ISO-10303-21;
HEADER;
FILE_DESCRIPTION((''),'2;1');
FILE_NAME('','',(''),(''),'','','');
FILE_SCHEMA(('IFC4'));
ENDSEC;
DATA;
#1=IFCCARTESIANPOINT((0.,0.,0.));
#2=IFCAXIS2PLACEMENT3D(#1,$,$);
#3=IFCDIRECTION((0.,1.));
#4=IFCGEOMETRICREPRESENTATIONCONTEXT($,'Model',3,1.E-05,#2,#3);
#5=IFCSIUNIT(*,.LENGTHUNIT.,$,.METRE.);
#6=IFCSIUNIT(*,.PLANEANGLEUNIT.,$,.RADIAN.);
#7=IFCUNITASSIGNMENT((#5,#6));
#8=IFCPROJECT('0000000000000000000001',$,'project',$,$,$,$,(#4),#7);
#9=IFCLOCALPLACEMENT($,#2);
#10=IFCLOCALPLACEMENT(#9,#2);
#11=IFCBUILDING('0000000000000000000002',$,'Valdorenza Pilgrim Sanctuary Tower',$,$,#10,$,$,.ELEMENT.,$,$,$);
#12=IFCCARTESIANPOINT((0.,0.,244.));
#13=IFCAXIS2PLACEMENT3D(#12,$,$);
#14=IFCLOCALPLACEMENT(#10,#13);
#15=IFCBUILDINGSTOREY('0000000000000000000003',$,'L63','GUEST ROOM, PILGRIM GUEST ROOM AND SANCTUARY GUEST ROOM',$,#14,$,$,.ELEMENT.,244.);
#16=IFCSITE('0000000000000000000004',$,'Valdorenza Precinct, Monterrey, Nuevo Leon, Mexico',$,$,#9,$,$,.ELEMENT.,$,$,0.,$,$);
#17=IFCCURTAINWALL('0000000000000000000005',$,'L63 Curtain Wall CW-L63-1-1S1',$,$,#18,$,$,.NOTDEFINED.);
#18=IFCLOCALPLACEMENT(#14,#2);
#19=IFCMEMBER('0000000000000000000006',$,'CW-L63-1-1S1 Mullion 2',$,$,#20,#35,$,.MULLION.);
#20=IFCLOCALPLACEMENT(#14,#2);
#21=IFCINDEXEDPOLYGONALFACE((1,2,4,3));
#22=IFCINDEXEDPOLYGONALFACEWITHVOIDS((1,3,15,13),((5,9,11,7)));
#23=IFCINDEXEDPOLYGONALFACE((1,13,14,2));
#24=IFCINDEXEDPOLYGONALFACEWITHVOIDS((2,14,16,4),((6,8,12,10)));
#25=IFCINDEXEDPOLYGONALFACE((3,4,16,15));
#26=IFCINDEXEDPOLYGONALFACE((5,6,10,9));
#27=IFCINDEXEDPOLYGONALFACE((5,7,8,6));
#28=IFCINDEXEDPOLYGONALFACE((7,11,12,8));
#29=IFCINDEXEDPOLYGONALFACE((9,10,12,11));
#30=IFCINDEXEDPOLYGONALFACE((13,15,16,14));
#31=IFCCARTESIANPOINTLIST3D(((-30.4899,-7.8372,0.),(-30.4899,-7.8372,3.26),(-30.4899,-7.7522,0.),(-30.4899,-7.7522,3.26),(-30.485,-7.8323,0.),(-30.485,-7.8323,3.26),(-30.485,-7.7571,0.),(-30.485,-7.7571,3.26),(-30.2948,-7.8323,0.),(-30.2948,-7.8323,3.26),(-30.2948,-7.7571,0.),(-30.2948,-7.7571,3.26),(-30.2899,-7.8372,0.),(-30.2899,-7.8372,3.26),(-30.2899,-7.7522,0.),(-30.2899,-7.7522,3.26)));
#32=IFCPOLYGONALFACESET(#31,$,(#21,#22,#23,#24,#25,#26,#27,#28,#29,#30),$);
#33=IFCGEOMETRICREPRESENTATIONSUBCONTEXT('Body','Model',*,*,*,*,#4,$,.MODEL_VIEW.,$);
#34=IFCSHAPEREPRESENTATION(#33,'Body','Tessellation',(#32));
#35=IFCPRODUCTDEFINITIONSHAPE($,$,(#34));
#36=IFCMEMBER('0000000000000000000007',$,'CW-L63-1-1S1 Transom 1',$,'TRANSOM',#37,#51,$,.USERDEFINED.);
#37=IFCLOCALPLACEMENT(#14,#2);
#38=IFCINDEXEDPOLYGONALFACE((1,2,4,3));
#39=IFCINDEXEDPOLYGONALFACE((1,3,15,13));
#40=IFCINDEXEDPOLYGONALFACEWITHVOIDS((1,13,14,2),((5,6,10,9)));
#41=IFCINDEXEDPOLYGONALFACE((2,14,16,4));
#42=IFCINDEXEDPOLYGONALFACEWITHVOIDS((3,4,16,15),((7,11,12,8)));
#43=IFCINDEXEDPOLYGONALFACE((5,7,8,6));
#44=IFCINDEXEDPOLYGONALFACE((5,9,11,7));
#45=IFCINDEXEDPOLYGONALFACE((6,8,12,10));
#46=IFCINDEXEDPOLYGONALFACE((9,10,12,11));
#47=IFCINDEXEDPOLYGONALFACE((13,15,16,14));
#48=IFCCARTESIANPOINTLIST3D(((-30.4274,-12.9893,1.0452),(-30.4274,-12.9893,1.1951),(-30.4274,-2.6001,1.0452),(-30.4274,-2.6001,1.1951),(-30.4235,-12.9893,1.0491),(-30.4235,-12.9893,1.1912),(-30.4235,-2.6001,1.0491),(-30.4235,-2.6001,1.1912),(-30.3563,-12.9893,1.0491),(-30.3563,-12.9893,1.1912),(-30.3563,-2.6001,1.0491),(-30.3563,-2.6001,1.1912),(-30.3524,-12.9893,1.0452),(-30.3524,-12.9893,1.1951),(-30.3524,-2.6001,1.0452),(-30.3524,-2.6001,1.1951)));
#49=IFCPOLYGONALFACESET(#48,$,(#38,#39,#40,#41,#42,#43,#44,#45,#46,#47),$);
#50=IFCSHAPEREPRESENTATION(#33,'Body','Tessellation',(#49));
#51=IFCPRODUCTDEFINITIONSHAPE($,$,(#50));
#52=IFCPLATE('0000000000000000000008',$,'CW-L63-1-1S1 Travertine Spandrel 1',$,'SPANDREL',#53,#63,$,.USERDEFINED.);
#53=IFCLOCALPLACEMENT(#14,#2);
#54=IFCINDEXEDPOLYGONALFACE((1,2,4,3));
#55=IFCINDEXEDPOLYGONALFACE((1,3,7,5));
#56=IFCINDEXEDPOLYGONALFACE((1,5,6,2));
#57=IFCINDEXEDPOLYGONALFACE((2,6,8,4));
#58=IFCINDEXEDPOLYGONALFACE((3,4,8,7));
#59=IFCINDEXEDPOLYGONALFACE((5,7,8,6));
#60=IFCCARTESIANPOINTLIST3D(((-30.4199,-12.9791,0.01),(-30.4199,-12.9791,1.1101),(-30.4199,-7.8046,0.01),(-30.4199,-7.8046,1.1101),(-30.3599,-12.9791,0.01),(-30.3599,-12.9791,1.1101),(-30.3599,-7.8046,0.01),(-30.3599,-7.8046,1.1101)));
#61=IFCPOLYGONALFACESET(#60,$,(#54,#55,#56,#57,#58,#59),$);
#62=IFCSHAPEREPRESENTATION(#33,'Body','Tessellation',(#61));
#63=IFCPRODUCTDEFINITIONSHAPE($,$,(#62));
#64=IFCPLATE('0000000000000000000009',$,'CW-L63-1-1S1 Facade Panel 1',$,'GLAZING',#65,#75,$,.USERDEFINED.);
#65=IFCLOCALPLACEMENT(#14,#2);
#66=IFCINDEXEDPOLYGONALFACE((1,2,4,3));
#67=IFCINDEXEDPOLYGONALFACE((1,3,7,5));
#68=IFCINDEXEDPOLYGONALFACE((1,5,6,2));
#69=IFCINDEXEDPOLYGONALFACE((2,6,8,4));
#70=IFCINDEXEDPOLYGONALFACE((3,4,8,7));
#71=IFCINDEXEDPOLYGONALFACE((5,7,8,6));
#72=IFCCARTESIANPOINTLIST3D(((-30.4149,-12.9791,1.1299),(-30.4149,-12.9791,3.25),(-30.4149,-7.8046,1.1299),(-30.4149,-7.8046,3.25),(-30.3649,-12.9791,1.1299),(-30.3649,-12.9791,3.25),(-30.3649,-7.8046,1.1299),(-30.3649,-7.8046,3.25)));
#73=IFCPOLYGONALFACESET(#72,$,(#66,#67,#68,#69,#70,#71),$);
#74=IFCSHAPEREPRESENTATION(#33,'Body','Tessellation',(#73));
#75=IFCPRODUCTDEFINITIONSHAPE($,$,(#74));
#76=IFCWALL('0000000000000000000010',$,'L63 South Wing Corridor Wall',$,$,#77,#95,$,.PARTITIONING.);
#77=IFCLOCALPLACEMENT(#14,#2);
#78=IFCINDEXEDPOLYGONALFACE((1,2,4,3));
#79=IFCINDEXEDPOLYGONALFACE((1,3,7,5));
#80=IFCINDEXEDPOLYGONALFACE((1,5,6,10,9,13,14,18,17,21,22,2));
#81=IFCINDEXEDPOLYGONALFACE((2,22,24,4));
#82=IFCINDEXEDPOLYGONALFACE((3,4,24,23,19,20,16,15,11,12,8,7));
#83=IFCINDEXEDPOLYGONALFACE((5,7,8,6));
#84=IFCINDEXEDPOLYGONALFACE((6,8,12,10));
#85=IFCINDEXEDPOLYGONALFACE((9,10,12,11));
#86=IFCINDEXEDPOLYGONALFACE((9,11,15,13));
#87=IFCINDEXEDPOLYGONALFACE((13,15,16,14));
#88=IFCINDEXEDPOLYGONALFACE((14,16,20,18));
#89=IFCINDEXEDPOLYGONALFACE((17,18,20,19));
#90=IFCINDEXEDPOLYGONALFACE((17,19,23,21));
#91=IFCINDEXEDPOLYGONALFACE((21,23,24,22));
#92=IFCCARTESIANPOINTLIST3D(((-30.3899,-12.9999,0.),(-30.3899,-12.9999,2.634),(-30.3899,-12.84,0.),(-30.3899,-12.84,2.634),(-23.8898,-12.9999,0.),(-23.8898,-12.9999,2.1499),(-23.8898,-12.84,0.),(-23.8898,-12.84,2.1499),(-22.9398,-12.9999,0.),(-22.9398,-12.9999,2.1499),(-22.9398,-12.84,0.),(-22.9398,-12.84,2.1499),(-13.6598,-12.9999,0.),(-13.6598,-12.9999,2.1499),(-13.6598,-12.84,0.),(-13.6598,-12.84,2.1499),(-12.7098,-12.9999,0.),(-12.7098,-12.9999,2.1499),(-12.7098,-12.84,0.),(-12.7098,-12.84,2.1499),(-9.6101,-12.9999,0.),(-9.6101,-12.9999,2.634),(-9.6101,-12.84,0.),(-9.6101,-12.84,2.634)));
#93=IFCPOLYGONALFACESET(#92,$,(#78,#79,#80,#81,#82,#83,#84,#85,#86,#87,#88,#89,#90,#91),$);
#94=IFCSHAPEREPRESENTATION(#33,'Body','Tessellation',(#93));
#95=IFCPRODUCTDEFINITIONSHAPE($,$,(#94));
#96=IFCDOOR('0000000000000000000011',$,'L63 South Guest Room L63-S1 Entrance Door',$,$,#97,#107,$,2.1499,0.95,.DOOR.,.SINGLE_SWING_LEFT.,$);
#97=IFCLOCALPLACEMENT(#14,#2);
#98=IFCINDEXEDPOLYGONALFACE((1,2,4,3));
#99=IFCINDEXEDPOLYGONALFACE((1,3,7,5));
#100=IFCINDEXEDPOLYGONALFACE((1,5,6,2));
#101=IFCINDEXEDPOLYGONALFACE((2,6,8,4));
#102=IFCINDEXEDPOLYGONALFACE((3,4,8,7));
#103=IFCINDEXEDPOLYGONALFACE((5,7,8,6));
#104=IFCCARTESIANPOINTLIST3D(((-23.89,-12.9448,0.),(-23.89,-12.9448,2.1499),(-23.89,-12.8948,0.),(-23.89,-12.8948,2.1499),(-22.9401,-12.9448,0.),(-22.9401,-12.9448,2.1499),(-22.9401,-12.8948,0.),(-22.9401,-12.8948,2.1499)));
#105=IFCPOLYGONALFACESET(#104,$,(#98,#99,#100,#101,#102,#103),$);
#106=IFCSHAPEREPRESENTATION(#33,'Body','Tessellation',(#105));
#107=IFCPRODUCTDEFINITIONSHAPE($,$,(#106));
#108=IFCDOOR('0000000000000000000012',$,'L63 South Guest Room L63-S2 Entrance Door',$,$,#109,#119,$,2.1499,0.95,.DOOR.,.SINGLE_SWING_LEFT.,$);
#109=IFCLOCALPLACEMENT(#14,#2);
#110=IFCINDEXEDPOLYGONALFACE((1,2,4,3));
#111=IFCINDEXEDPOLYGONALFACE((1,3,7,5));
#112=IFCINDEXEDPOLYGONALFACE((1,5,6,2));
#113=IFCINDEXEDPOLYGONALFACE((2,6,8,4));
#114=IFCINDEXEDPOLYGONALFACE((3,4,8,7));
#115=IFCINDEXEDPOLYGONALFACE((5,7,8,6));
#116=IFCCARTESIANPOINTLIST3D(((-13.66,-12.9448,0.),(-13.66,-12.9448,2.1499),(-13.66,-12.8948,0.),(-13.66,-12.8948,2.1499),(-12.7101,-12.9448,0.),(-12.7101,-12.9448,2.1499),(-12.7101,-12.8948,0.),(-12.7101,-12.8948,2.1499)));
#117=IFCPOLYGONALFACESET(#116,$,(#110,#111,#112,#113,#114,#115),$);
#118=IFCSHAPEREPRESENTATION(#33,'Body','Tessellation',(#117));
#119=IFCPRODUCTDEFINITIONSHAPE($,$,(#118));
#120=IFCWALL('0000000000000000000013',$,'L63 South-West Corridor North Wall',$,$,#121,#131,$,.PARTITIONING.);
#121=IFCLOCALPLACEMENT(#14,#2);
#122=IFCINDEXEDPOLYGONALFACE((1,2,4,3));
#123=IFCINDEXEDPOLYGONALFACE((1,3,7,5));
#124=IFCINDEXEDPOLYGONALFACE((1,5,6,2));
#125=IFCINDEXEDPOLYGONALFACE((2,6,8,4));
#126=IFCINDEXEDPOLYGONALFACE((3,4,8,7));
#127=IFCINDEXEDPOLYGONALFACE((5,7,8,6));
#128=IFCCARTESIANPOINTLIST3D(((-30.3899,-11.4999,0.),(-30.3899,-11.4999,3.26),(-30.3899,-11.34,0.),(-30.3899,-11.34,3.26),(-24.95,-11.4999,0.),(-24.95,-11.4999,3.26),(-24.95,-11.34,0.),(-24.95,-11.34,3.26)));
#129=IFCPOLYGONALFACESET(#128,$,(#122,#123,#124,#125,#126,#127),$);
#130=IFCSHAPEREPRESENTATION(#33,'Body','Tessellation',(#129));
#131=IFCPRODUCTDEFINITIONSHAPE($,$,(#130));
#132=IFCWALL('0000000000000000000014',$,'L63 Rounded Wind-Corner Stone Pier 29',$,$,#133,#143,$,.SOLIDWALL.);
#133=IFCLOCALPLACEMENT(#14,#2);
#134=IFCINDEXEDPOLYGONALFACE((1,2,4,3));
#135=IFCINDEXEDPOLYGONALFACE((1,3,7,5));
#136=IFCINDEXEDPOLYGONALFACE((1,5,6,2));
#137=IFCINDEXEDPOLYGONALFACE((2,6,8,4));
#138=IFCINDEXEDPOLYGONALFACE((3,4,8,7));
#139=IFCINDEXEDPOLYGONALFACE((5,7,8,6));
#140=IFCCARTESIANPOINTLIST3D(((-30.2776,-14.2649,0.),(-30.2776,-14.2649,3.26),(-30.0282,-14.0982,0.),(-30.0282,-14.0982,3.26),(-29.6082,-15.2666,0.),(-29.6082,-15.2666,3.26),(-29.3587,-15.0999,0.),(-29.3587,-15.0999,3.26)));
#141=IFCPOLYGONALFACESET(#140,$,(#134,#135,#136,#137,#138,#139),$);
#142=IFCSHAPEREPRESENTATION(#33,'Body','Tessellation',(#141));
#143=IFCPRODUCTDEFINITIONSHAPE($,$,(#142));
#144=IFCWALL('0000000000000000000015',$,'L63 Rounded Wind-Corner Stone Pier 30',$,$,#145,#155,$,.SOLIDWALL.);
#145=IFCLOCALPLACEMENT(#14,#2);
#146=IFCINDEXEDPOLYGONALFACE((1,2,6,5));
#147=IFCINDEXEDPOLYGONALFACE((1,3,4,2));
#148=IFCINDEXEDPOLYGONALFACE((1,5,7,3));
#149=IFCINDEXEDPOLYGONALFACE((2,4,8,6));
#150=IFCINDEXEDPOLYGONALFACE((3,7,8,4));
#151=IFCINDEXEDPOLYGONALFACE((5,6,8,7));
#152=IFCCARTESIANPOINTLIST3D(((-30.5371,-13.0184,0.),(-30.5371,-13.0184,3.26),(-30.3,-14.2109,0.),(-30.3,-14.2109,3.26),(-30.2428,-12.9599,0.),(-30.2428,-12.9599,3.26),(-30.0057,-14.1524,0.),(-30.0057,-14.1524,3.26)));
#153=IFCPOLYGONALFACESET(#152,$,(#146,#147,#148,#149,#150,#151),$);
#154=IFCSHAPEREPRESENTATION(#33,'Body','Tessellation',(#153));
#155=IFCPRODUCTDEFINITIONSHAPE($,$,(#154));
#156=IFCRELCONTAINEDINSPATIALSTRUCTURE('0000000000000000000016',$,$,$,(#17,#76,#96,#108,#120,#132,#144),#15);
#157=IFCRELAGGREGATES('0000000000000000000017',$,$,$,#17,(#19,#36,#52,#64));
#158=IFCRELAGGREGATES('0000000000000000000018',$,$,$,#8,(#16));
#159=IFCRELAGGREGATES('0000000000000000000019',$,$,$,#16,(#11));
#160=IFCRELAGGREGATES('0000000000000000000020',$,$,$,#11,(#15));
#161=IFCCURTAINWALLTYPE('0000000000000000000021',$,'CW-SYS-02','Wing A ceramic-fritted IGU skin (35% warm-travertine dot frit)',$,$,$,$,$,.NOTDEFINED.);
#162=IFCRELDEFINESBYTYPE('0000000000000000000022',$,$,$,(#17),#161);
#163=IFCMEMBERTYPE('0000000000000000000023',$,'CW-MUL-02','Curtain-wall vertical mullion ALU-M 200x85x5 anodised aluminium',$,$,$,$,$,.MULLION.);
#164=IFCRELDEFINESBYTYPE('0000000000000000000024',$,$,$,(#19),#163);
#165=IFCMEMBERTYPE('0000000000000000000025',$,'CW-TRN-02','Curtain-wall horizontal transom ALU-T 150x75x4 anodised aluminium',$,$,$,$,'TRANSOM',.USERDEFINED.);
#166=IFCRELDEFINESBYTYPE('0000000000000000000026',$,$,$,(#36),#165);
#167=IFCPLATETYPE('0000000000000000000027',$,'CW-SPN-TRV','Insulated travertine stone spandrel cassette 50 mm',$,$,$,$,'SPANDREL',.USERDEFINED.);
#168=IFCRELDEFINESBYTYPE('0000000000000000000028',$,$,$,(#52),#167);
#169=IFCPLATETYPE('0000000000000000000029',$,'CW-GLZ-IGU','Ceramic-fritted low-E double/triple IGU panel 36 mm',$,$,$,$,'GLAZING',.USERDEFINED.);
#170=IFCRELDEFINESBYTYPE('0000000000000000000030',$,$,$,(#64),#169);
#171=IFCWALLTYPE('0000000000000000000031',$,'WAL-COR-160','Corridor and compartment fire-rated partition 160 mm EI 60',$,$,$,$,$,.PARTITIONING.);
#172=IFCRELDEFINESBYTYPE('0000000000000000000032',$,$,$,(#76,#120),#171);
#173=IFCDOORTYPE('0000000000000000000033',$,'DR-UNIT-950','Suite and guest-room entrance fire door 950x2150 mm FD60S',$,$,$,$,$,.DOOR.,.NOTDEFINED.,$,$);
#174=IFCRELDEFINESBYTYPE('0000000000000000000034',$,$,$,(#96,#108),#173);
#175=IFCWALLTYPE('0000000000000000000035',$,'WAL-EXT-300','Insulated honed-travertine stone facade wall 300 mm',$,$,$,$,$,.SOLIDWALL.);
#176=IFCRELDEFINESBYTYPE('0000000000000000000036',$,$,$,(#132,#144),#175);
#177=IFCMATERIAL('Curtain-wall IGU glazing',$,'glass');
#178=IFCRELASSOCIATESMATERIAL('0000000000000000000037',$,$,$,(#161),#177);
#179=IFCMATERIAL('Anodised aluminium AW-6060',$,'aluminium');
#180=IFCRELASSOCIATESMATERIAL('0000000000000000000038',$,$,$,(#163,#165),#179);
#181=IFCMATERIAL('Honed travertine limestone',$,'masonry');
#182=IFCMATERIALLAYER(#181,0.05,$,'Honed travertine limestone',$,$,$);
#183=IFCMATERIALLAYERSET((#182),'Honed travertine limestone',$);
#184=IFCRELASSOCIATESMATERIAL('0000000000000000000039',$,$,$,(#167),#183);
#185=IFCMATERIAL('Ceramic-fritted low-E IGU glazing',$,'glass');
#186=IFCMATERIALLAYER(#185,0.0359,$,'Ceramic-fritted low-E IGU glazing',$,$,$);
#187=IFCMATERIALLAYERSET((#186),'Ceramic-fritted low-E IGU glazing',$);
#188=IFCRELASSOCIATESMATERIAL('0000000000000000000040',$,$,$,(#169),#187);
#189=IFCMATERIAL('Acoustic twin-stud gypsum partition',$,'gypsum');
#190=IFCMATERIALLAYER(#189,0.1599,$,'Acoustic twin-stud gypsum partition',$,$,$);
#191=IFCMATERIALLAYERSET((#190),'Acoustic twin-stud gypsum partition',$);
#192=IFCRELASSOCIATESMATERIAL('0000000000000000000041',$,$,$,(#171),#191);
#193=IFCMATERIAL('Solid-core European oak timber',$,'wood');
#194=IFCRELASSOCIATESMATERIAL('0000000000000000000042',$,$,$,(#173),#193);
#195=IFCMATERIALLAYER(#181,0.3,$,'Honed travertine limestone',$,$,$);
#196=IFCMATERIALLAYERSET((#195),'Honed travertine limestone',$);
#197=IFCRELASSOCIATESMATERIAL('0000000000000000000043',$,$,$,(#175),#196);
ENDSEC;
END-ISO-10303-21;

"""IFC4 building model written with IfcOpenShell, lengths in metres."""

from ifc_helpers import new_model, si_unit, direction, frame, frame_2d, origin, origin_2d, place, context, subcontext, project, spatial, rectangle, hollow_rectangle, extrude, source, transform, mapped, material, layer, layer_set, material_profile, profile_set, type_object, element, fill, aggregate, save


model = new_model("IFC4")

# Units and contexts
model_context = context("Model", 3, precision=1e-05, world=origin(), true_north=direction((0.0, 1.0)))
body_context = subcontext(model_context, "Body", "Model", "MODEL_VIEW")
ifc_project = project(units=[si_unit("LENGTHUNIT", "METRE"), si_unit("PLANEANGLEUNIT", "RADIAN")], contexts=[model_context])

# Site, building, storey
site_placement = place(None, origin())
site = spatial("IfcSite", under=ifc_project, at=site_placement, Name="Valdorenza Precinct, Monterrey, Nuevo Leon, Mexico", CompositionType="ELEMENT", RefElevation=0.0)
building_placement = place(site_placement, origin())
building = spatial("IfcBuilding", under=site, at=building_placement, Name="Valdorenza Pilgrim Sanctuary Tower", CompositionType="ELEMENT")
storey_placement = place(building_placement, frame((0.0, 0.0, 244.0)))
storey = spatial("IfcBuildingStorey", under=building, at=storey_placement, Name="L63", Description="GUEST ROOM, PILGRIM GUEST ROOM AND SANCTUARY GUEST ROOM", CompositionType="ELEMENT", Elevation=244.0)

# Curtain wall, members, plates
ifc_material_1 = material(Name="Curtain-wall IGU glazing", Category="glass")
curtain_wall_type = type_object("IfcCurtainWallType", Name="CW-SYS-02", Description="Wing A ceramic-fritted IGU skin (35% warm-travertine dot frit)", PredefinedType="NOTDEFINED", material=ifc_material_1)
curtain_wall_placement = place(storey_placement, origin())
curtain_wall = element("IfcCurtainWall", 1, at=curtain_wall_placement, inside=storey, type_object=curtain_wall_type, Name="L63 Curtain Wall CW-L63-1-1S1", PredefinedType="NOTDEFINED")
ifc_material_2 = material(Name="Anodised aluminium AW-6060", Category="aluminium")
ifc_material_profile_1 = material_profile(ifc_material_2, hollow_rectangle(XDim=0.085, YDim=0.2, WallThickness=0.0049, at=origin_2d()), Name="ALU-M 200x85x5")
ifc_profile_set_1 = profile_set([ifc_material_profile_1], Name="Anodised aluminium AW-6060")
member_type_1 = type_object("IfcMemberType", Name="CW-MUL-02", Description="Curtain-wall vertical mullion ALU-M 200x85x5 anodised aluminium", PredefinedType="MULLION", material=ifc_profile_set_1)
shared_shape_1 = source(origin(), body_context, "Body", "SweptSolid", [
    extrude(hollow_rectangle(XDim=0.085, YDim=0.2, WallThickness=0.0049, at=origin_2d()), origin(), (0.0, 0.0, 1.0), 3.26),
])
member_1_placement = place(storey_placement, frame((-30.3899, -7.7947, 0.0), z_axis=(0.0, 0.0, 1.0), x_axis=(0.0, 1.0, 0.0)))
member_1 = element("IfcMember", 2, at=member_1_placement, type_object=member_type_1, Name="CW-L63-1-1S1 Mullion 2", PredefinedType="MULLION", context=body_context, shape_type="MappedRepresentation", body=[
    mapped(shared_shape_1, transform((0.0, 0.0, 0.0), x_axis=(1.0, 0.0, 0.0), y_axis=(0.0, 1.0, 0.0), z_axis=(0.0, 0.0, 1.0), scale=1.0)),
])
ifc_material_profile_2 = material_profile(ifc_material_2, hollow_rectangle(XDim=0.075, YDim=0.1499, WallThickness=0.0039, at=origin_2d()), Name="ALU-T 150x75x4")
ifc_profile_set_2 = profile_set([ifc_material_profile_2], Name="Anodised aluminium AW-6060")
member_type_2 = type_object("IfcMemberType", Name="CW-TRN-02", Description="Curtain-wall horizontal transom ALU-T 150x75x4 anodised aluminium", ElementType="TRANSOM", PredefinedType="USERDEFINED", material=ifc_profile_set_2)
shared_shape_2 = source(origin(), body_context, "Body", "SweptSolid", [
    extrude(hollow_rectangle(XDim=0.075, YDim=0.1499, WallThickness=0.0039, at=origin_2d()), origin(), (0.0, 0.0, 1.0), 10.3892),
])
member_2_placement = place(storey_placement, frame((-30.3899, -12.9893, 1.1201), z_axis=(0.0, 1.0, 0.0), x_axis=(-1.0, 0.0, 0.0)))
member_2 = element("IfcMember", 3, at=member_2_placement, type_object=member_type_2, Name="CW-L63-1-1S1 Transom 1", ObjectType="TRANSOM", PredefinedType="USERDEFINED", context=body_context, shape_type="MappedRepresentation", body=[
    mapped(shared_shape_2, transform((0.0, 0.0, 0.0), x_axis=(1.0, 0.0, 0.0), y_axis=(0.0, 1.0, 0.0), z_axis=(0.0, 0.0, 1.0), scale=1.0)),
])
ifc_material_3 = material(Name="Honed travertine limestone", Category="masonry")
ifc_layer_1 = layer(ifc_material_3, 0.05, Name="Honed travertine limestone")
ifc_layer_set_1 = layer_set([ifc_layer_1], Name="Honed travertine limestone")
plate_type_1 = type_object("IfcPlateType", Name="CW-SPN-TRV", Description="Insulated travertine stone spandrel cassette 50 mm", ElementType="SPANDREL", PredefinedType="USERDEFINED", material=ifc_layer_set_1)
shared_shape_3 = source(origin(), body_context, "Body", "SweptSolid", [
    extrude(rectangle(XDim=5.1746, YDim=0.0601, at=origin_2d()), origin(), (0.0, 0.0, 1.0), 1.1001),
])
plate_1_placement = place(storey_placement, frame((-30.3899, -10.3918, 0.01), z_axis=(0.0, 0.0, 1.0), x_axis=(0.0, 1.0, 0.0)))
plate_1 = element("IfcPlate", 4, at=plate_1_placement, type_object=plate_type_1, Name="CW-L63-1-1S1 Travertine Spandrel 1", ObjectType="SPANDREL", PredefinedType="USERDEFINED", context=body_context, shape_type="MappedRepresentation", body=[
    mapped(shared_shape_3, transform((0.0, 0.0, 0.0), x_axis=(1.0, 0.0, 0.0), y_axis=(0.0, 1.0, 0.0), z_axis=(0.0, 0.0, 1.0), scale=1.0)),
])
ifc_material_4 = material(Name="Ceramic-fritted low-E IGU glazing", Category="glass")
ifc_layer_2 = layer(ifc_material_4, 0.0359, Name="Ceramic-fritted low-E IGU glazing")
ifc_layer_set_2 = layer_set([ifc_layer_2], Name="Ceramic-fritted low-E IGU glazing")
plate_type_2 = type_object("IfcPlateType", Name="CW-GLZ-IGU", Description="Ceramic-fritted low-E double/triple IGU panel 36 mm", ElementType="GLAZING", PredefinedType="USERDEFINED", material=ifc_layer_set_2)
shared_shape_4 = source(origin(), body_context, "Body", "SweptSolid", [
    extrude(rectangle(XDim=5.1746, YDim=0.05, at=origin_2d()), origin(), (0.0, 0.0, 1.0), 2.1201),
])
plate_2_placement = place(storey_placement, frame((-30.3899, -10.3918, 1.1299), z_axis=(0.0, 0.0, 1.0), x_axis=(0.0, 1.0, 0.0)))
plate_2 = element("IfcPlate", 5, at=plate_2_placement, type_object=plate_type_2, Name="CW-L63-1-1S1 Facade Panel 1", ObjectType="GLAZING", PredefinedType="USERDEFINED", context=body_context, shape_type="MappedRepresentation", body=[
    mapped(shared_shape_4, transform((0.0, 0.0, 0.0), x_axis=(1.0, 0.0, 0.0), y_axis=(0.0, 1.0, 0.0), z_axis=(0.0, 0.0, 1.0), scale=1.0)),
])
aggregate(curtain_wall, [member_1, member_2, plate_1, plate_2])

# Wall, openings, doors
ifc_material_5 = material(Name="Acoustic twin-stud gypsum partition", Category="gypsum")
ifc_layer_3 = layer(ifc_material_5, 0.1599, Name="Acoustic twin-stud gypsum partition")
ifc_layer_set_3 = layer_set([ifc_layer_3], Name="Acoustic twin-stud gypsum partition")
wall_type_1 = type_object("IfcWallType", Name="WAL-COR-160", Description="Corridor and compartment fire-rated partition 160 mm EI 60", PredefinedType="PARTITIONING", material=ifc_layer_set_3)
wall_1_placement = place(storey_placement, frame((-30.3899, -12.9199, 0.0), z_axis=(0.0, 0.0, 1.0), x_axis=(1.0, 0.0, 0.0)))
wall_1 = element("IfcWall", 6, at=wall_1_placement, inside=storey, type_object=wall_type_1, Name="L63 South Wing Corridor Wall", PredefinedType="PARTITIONING", context=body_context, shape_type="SweptSolid", body=[
    extrude(rectangle(XDim=20.7798, YDim=0.1599, at=frame_2d((10.3899, 0.0))), origin(), (0.0, 0.0, 1.0), 2.634),
])
opening_1_placement = place(wall_1_placement, frame((6.5, 0.0, 0.0)))
opening_1 = element("IfcOpeningElement", 7, at=opening_1_placement, cuts=wall_1, PredefinedType="OPENING", context=body_context, shape_type="SweptSolid", body=[
    extrude(rectangle(XDim=0.95, YDim=2.1499, at=frame_2d((0.4751, 1.075))), frame((0.0, 0.0947, 0.0), z_axis=(0.0, -1.0, 0.0), x_axis=(1.0, 0.0, 0.0)), (0.0, 0.0, 1.0), 0.1897),
])
opening_2_placement = place(wall_1_placement, frame((16.73, 0.0, 0.0)))
opening_2 = element("IfcOpeningElement", 8, at=opening_2_placement, cuts=wall_1, PredefinedType="OPENING", context=body_context, shape_type="SweptSolid", body=[
    extrude(rectangle(XDim=0.95, YDim=2.1499, at=frame_2d((0.4751, 1.075))), frame((0.0, 0.0947, 0.0), z_axis=(0.0, -1.0, 0.0), x_axis=(1.0, 0.0, 0.0)), (0.0, 0.0, 1.0), 0.1897),
])
ifc_material_6 = material(Name="Solid-core European oak timber", Category="wood")
door_type_1 = type_object("IfcDoorType", Name="DR-UNIT-950", Description="Suite and guest-room entrance fire door 950x2150 mm FD60S", OperationType="NOTDEFINED", PredefinedType="DOOR", material=ifc_material_6)
door_1_placement = place(opening_1_placement, frame((0.95, 0.0, 0.0), z_axis=(0.0, 0.0, 1.0), x_axis=(-1.0, 0.0, 0.0)))
door_1 = element("IfcDoor", 9, at=door_1_placement, inside=storey, type_object=door_type_1, Name="L63 South Guest Room L63-S1 Entrance Door", OperationType="SINGLE_SWING_LEFT", OverallHeight=2.1499, OverallWidth=0.95, PredefinedType="DOOR", context=body_context, shape_type="SweptSolid", body=[
    extrude(rectangle(XDim=0.95, YDim=2.1499, at=frame_2d((0.4751, 1.075))), frame((0.0, 0.0249, 0.0), z_axis=(0.0, -1.0, 0.0), x_axis=(1.0, 0.0, 0.0)), (0.0, 0.0, 1.0), 0.05),
])
fill(opening_1, door_1)
door_2_placement = place(opening_2_placement, frame((0.95, 0.0, 0.0), z_axis=(0.0, 0.0, 1.0), x_axis=(-1.0, 0.0, 0.0)))
door_2 = element("IfcDoor", 10, at=door_2_placement, inside=storey, type_object=door_type_1, Name="L63 South Guest Room L63-S2 Entrance Door", OperationType="SINGLE_SWING_LEFT", OverallHeight=2.1499, OverallWidth=0.95, PredefinedType="DOOR", context=body_context, shape_type="SweptSolid", body=[
    extrude(rectangle(XDim=0.95, YDim=2.1499, at=frame_2d((0.4751, 1.075))), frame((0.0, 0.0249, 0.0), z_axis=(0.0, -1.0, 0.0), x_axis=(1.0, 0.0, 0.0)), (0.0, 0.0, 1.0), 0.05),
])
fill(opening_2, door_2)

# Walls
wall_2_placement = place(storey_placement, frame((-30.3899, -11.4199, 0.0), z_axis=(0.0, 0.0, 1.0), x_axis=(1.0, 0.0, 0.0)))
element("IfcWall", 11, at=wall_2_placement, inside=storey, type_object=wall_type_1, Name="L63 South-West Corridor North Wall", PredefinedType="PARTITIONING", context=body_context, shape_type="SweptSolid", body=[
    extrude(rectangle(XDim=5.4399, YDim=0.1599, at=frame_2d((2.72, 0.0))), origin(), (0.0, 0.0, 1.0), 3.26),
])
ifc_layer_4 = layer(ifc_material_3, 0.3, Name="Honed travertine limestone")
ifc_layer_set_4 = layer_set([ifc_layer_4], Name="Honed travertine limestone")
wall_type_2 = type_object("IfcWallType", Name="WAL-EXT-300", Description="Insulated honed-travertine stone facade wall 300 mm", PredefinedType="SOLIDWALL", material=ifc_layer_set_4)
wall_3_placement = place(storey_placement, frame((-29.4834, -15.1833, 0.0), z_axis=(0.0, 0.0, 1.0), x_axis=(-0.555635, 0.831426, 0.0)))
element("IfcWall", 12, at=wall_3_placement, inside=storey, type_object=wall_type_2, Name="L63 Rounded Wind-Corner Stone Pier 29", PredefinedType="SOLIDWALL", context=body_context, shape_type="SweptSolid", body=[
    extrude(rectangle(XDim=1.2048, YDim=0.3, at=frame_2d((0.6025, 0.0))), origin(), (0.0, 0.0, 1.0), 3.26),
])
wall_4_placement = place(storey_placement, frame((-30.1528, -14.1816, 0.0), z_axis=(0.0, 0.0, 1.0), x_axis=(-0.194996, 0.980804, 0.0)))
element("IfcWall", 13, at=wall_4_placement, inside=storey, type_object=wall_type_2, Name="L63 Rounded Wind-Corner Stone Pier 30", PredefinedType="SOLIDWALL", context=body_context, shape_type="SweptSolid", body=[
    extrude(rectangle(XDim=1.2158, YDim=0.3, at=frame_2d((0.6079, 0.0))), origin(), (0.0, 0.0, 1.0), 3.26),
])

save(model, "model.ifc")
